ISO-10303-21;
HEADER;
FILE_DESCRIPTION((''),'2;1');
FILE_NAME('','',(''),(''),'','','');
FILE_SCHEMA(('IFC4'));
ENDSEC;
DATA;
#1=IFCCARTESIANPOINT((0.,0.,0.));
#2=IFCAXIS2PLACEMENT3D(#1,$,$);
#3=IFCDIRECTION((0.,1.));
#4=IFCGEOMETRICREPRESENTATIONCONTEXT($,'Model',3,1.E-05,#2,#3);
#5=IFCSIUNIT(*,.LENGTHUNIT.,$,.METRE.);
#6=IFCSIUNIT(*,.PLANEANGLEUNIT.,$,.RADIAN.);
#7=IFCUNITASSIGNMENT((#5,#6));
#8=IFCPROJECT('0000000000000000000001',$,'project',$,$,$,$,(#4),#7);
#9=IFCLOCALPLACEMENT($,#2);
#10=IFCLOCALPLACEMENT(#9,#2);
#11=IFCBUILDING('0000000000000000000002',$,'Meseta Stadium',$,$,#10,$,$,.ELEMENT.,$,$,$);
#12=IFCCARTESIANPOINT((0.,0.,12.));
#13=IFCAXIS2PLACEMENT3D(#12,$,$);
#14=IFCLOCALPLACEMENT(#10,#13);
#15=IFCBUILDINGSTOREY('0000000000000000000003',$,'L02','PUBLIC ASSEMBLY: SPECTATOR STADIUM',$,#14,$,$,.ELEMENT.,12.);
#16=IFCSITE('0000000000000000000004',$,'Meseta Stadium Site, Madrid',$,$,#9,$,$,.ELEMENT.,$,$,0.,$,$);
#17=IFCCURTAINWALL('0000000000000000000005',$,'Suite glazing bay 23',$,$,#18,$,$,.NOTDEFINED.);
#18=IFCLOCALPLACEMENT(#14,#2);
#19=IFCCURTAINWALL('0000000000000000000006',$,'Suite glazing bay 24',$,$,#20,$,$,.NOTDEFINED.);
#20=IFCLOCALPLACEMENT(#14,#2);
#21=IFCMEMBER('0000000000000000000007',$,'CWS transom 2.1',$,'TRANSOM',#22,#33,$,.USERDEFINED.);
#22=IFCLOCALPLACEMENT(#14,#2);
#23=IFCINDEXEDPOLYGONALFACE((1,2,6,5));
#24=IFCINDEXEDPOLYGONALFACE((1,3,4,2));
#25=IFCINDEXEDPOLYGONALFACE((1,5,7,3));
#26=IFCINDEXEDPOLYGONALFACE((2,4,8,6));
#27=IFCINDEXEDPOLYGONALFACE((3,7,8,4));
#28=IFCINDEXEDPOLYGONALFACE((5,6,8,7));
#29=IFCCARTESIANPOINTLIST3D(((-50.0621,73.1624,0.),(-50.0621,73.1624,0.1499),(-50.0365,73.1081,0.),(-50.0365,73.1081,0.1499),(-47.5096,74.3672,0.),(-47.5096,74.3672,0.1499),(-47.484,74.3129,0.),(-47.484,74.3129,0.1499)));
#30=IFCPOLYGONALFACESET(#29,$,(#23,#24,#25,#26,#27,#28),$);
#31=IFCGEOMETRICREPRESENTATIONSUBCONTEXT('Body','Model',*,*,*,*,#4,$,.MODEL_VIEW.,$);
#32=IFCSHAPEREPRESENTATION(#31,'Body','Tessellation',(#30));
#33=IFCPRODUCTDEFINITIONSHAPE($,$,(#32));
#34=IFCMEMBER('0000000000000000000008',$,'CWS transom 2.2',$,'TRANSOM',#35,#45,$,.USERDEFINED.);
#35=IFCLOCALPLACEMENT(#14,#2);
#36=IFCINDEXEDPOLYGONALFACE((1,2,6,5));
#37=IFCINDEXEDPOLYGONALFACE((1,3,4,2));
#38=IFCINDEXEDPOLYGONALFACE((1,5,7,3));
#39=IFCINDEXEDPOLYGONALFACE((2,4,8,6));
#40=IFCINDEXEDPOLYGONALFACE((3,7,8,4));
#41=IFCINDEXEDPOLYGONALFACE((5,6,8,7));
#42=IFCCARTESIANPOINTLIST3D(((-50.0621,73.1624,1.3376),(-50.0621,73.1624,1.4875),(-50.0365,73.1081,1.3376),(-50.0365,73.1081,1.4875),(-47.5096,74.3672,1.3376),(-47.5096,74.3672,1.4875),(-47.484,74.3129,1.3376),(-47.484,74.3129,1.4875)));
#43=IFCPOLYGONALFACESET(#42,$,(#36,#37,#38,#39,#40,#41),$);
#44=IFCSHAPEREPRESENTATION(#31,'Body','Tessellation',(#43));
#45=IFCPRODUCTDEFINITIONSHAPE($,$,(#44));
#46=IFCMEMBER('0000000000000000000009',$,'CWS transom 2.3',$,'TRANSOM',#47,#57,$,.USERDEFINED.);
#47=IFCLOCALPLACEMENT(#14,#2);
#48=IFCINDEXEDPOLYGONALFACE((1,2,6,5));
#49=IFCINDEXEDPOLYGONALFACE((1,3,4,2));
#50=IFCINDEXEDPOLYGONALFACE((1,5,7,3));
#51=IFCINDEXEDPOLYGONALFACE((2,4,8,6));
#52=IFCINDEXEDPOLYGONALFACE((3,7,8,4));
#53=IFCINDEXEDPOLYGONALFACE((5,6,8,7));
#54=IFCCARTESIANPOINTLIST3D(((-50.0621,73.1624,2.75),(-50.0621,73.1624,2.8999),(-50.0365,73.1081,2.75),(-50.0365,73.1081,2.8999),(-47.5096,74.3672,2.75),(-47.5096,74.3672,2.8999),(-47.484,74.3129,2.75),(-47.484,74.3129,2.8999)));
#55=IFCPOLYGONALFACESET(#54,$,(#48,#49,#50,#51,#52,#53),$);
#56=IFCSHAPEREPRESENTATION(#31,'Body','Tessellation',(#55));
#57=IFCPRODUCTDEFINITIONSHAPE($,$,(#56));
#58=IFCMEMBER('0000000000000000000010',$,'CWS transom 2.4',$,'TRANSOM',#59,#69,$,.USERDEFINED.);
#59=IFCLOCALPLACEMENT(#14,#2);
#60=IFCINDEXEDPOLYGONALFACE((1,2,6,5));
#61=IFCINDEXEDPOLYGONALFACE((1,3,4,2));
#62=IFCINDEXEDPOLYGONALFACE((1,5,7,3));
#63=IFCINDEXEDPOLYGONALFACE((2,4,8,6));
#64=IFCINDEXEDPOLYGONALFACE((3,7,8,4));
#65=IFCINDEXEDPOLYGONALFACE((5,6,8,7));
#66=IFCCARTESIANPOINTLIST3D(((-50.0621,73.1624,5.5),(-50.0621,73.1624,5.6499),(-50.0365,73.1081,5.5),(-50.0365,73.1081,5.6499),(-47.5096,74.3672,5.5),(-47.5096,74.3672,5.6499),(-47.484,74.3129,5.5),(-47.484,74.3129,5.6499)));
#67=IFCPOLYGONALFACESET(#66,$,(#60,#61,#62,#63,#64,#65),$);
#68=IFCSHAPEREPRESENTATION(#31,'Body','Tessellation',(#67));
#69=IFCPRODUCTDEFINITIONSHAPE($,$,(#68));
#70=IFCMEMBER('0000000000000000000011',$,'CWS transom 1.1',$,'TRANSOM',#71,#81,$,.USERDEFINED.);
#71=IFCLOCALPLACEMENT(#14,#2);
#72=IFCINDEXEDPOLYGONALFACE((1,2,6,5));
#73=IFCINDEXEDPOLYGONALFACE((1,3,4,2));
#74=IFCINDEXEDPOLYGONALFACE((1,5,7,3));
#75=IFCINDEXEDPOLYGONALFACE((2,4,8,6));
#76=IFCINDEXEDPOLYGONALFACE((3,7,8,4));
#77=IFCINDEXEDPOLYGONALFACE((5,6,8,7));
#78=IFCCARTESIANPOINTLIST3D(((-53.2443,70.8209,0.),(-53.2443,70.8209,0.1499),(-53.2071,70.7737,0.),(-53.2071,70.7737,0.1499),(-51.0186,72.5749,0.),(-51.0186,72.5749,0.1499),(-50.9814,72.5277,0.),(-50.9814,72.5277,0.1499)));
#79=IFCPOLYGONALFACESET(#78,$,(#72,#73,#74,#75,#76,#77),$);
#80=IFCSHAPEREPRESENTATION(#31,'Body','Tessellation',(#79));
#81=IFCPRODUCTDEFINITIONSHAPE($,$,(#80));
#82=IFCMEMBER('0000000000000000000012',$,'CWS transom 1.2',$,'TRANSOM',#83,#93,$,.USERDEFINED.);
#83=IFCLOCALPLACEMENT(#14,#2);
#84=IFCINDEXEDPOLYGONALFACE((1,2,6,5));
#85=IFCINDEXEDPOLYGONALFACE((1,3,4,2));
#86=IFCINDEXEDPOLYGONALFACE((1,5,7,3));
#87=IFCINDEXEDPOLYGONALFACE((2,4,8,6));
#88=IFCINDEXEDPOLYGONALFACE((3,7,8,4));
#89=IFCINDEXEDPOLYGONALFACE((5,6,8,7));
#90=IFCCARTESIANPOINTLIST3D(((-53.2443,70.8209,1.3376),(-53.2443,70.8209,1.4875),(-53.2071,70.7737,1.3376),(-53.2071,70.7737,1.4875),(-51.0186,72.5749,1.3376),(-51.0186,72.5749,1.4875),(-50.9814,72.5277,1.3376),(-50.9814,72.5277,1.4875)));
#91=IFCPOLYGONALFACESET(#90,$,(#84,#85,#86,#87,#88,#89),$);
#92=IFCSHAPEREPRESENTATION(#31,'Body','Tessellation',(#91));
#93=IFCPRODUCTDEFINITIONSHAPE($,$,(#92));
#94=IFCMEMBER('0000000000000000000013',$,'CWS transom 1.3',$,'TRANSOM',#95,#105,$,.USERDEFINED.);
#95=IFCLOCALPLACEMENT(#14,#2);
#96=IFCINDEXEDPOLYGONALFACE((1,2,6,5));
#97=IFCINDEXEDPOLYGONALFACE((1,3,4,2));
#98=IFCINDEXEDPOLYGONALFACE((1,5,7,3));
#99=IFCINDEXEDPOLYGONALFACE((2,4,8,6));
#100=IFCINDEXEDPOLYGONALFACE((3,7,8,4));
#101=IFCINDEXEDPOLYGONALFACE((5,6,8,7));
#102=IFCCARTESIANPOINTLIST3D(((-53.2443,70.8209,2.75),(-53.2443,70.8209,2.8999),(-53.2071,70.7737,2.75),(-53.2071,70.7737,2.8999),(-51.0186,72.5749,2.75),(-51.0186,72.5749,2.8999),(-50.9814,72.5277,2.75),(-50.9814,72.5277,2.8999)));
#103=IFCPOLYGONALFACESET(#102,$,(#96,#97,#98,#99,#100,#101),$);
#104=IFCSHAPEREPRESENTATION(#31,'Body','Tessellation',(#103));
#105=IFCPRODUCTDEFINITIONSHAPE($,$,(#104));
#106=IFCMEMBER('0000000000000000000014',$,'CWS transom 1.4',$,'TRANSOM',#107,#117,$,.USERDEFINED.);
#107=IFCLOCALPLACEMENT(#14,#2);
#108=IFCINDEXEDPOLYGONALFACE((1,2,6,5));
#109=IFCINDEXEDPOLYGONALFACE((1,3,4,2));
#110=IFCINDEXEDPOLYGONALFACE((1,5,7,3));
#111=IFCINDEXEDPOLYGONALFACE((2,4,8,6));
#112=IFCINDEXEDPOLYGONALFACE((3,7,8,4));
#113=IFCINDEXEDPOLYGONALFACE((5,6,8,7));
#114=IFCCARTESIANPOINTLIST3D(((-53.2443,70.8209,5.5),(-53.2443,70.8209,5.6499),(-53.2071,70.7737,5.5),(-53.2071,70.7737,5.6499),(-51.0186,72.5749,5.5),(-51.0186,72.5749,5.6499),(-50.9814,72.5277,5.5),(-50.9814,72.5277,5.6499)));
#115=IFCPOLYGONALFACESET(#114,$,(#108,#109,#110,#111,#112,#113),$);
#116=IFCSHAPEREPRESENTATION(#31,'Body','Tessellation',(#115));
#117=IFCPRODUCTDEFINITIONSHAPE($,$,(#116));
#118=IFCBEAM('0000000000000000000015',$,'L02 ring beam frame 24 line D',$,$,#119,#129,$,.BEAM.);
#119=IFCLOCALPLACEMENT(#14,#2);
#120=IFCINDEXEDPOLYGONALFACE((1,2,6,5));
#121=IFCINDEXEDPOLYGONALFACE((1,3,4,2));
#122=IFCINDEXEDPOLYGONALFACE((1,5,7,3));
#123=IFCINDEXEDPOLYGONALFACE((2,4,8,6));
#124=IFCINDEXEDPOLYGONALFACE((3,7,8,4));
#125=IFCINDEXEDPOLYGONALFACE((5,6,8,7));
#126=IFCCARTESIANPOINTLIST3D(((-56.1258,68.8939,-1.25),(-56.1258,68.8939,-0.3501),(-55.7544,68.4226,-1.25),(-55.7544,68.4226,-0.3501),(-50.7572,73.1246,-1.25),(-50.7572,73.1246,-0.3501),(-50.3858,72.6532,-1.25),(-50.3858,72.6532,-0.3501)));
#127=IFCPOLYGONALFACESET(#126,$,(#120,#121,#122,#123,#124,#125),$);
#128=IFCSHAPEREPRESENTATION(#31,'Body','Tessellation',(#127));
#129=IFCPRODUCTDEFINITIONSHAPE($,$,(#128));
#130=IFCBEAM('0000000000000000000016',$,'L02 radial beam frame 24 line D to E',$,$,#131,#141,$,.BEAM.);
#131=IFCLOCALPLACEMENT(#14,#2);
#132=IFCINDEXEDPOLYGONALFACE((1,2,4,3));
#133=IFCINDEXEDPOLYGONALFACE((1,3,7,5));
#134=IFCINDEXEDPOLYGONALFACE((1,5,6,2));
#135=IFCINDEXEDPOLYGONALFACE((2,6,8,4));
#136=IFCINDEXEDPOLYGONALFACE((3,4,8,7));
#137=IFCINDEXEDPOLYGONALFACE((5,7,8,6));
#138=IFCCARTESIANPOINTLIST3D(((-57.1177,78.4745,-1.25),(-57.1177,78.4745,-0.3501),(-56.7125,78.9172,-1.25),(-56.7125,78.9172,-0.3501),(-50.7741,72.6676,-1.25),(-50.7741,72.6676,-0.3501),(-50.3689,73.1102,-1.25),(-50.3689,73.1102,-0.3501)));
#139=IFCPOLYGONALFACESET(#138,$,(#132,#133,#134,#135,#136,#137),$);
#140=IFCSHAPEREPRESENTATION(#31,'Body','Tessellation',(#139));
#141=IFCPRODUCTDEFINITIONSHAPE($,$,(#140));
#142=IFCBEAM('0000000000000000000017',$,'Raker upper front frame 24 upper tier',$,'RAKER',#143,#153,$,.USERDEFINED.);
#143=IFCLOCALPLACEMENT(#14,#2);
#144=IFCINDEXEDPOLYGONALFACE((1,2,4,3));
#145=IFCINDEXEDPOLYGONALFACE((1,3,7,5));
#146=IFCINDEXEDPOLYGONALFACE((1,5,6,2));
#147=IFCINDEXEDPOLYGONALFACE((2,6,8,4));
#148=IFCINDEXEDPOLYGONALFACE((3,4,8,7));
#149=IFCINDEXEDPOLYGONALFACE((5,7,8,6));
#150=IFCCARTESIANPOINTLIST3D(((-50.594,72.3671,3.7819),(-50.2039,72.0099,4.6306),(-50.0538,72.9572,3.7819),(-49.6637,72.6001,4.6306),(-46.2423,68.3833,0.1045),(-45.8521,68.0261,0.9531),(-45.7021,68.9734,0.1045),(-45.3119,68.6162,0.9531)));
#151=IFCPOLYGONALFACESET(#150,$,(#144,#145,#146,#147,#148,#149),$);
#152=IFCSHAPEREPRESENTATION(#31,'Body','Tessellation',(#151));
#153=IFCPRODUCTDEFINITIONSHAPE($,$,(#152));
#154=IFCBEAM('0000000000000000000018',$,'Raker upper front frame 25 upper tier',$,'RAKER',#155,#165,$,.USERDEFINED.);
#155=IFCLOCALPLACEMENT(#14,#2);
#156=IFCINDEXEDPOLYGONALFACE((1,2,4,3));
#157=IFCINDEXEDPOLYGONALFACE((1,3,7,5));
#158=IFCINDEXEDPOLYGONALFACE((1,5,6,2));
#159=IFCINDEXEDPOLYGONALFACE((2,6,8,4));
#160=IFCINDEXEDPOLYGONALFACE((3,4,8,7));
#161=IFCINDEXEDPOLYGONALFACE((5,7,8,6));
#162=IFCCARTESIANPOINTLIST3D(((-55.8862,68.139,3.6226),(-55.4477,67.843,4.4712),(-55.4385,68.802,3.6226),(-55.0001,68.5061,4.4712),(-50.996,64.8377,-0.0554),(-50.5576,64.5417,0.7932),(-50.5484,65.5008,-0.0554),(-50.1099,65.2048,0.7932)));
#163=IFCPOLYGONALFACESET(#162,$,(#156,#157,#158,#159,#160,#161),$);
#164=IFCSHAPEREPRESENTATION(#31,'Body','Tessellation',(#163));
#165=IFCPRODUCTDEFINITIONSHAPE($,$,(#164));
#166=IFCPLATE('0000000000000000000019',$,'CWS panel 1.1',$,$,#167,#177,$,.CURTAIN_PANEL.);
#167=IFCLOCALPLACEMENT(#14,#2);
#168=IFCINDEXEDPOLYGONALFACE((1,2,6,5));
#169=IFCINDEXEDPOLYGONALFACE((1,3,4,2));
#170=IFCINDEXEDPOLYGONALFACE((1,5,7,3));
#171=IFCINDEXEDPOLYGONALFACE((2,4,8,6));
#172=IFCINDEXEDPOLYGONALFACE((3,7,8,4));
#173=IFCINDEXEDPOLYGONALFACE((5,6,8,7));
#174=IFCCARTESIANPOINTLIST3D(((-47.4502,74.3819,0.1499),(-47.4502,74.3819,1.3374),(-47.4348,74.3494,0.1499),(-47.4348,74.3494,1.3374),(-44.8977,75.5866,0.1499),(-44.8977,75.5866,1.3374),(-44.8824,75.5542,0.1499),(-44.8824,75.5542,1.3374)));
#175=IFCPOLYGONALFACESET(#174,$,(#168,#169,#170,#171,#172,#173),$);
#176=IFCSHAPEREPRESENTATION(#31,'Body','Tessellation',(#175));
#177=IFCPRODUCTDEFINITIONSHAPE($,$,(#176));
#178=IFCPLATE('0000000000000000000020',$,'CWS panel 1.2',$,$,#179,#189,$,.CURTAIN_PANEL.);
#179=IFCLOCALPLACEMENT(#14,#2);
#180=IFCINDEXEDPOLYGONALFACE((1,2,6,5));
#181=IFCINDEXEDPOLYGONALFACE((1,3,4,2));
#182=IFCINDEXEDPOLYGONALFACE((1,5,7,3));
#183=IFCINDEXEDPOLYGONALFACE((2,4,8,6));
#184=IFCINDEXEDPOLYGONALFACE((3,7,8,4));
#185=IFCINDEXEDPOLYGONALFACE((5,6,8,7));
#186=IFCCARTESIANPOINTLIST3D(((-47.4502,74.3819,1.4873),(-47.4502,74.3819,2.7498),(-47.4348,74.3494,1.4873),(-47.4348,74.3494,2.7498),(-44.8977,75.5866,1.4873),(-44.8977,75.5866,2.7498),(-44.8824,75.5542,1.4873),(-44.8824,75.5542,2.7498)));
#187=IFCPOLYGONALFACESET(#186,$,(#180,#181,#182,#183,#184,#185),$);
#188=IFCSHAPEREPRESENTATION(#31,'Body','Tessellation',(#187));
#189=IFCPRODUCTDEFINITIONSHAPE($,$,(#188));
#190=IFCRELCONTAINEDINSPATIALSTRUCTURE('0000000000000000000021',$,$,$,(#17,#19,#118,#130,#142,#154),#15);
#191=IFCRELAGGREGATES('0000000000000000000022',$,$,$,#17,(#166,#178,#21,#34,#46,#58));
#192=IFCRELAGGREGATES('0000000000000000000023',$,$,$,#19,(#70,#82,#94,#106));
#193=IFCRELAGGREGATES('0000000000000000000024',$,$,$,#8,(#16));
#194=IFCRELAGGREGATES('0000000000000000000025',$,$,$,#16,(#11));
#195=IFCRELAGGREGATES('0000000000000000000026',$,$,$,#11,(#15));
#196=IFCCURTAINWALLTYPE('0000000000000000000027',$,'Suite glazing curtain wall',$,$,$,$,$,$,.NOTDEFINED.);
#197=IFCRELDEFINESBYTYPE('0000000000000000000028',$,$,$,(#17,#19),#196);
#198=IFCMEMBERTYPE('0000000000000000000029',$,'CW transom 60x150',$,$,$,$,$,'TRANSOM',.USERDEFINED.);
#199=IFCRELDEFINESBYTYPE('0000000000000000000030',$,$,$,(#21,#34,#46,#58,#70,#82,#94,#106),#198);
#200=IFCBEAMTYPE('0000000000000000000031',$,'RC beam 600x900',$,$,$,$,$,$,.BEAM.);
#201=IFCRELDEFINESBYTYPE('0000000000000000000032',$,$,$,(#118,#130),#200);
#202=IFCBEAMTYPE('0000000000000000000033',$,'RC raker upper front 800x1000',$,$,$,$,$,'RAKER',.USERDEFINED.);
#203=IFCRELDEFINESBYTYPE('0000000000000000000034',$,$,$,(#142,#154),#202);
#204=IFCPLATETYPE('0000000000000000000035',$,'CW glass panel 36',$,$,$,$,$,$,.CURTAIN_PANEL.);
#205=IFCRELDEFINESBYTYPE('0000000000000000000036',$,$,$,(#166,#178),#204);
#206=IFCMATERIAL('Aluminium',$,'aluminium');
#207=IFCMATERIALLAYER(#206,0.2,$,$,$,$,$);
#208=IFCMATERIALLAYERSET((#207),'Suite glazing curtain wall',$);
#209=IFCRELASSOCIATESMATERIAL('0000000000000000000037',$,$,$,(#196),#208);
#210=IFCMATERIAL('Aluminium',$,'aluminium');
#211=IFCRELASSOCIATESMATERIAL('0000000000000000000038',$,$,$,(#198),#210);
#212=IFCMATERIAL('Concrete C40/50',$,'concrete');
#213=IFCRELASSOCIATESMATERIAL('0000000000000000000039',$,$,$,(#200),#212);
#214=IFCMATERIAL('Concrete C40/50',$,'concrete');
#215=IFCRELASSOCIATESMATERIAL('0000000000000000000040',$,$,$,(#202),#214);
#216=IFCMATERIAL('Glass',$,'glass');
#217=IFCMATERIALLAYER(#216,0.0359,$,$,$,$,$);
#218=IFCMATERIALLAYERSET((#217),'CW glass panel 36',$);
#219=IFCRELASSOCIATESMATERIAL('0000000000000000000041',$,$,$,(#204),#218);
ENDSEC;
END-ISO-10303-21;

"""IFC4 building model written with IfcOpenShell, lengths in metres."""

from ifc_helpers import new_model, si_unit, direction, frame, origin, origin_2d, place, context, subcontext, project, spatial, rectangle, extrude, material, layer, layer_set, material_profile, profile_set, type_object, element, aggregate, save


model = new_model("IFC4")

# Units and contexts
model_context = context("Model", 3, precision=1e-05, world=origin(), true_north=direction((0.0, 1.0)))
body_context = subcontext(model_context, "Body", "Model", "MODEL_VIEW")
ifc_project = project(units=[si_unit("LENGTHUNIT", "METRE"), si_unit("PLANEANGLEUNIT", "RADIAN")], contexts=[model_context])

# Site, building, storey
site_placement = place(None, origin())
site = spatial("IfcSite", under=ifc_project, at=site_placement, Name="Meseta Stadium Site, Madrid", CompositionType="ELEMENT", RefElevation=0.0)
building_placement = place(site_placement, origin())
building = spatial("IfcBuilding", under=site, at=building_placement, Name="Meseta Stadium", CompositionType="ELEMENT")
storey_placement = place(building_placement, frame((0.0, 0.0, 12.0)))
storey = spatial("IfcBuildingStorey", under=building, at=storey_placement, Name="L02", Description="PUBLIC ASSEMBLY: SPECTATOR STADIUM", CompositionType="ELEMENT", Elevation=12.0)

# Curtain wall
ifc_material_1 = material(Name="Aluminium", Category="aluminium")
ifc_layer_1 = layer(ifc_material_1, 0.2)
ifc_layer_set_1 = layer_set([ifc_layer_1], Name="Suite glazing curtain wall")
curtain_wall_type = type_object("IfcCurtainWallType", Name="Suite glazing curtain wall", PredefinedType="NOTDEFINED", material=ifc_layer_set_1)
curtain_wall_1_placement = place(storey_placement, origin())
curtain_wall_1 = element("IfcCurtainWall", 1, at=curtain_wall_1_placement, inside=storey, type_object=curtain_wall_type, Name="Suite glazing bay 23", PredefinedType="NOTDEFINED")

# Curtain wall
curtain_wall_2_placement = place(storey_placement, origin())
curtain_wall_2 = element("IfcCurtainWall", 2, at=curtain_wall_2_placement, inside=storey, type_object=curtain_wall_type, Name="Suite glazing bay 24", PredefinedType="NOTDEFINED")

# Members
ifc_material_2 = material(Name="Aluminium", Category="aluminium")
ifc_material_profile_1 = material_profile(ifc_material_2, rectangle(XDim=0.0601, YDim=0.1499, at=origin_2d()), Name="CW 60x150")
ifc_profile_set_1 = profile_set([ifc_material_profile_1], Name="Aluminium")
member_type_1 = type_object("IfcMemberType", Name="CW transom 60x150", ElementType="TRANSOM", PredefinedType="USERDEFINED", material=ifc_profile_set_1)
member_1_placement = place(storey_placement, frame((-47.4968, 74.3401, 0.075), z_axis=(-0.904318, -0.426859, 0.0), x_axis=(0.426859, -0.904318, 0.0)))
member_1 = element("IfcMember", 3, at=member_1_placement, type_object=member_type_1, Name="CWS transom 2.1", ObjectType="TRANSOM", PredefinedType="USERDEFINED", context=body_context, shape_type="SweptSolid", body=[
    extrude(rectangle(XDim=0.0601, YDim=0.1499, at=origin_2d()), origin(), (0.0, 0.0, 1.0), 2.8225),
])
member_2_placement = place(storey_placement, frame((-47.4968, 74.3401, 1.4126), z_axis=(-0.904318, -0.426859, 0.0), x_axis=(0.426859, -0.904318, 0.0)))
member_2 = element("IfcMember", 4, at=member_2_placement, type_object=member_type_1, Name="CWS transom 2.2", ObjectType="TRANSOM", PredefinedType="USERDEFINED", context=body_context, shape_type="SweptSolid", body=[
    extrude(rectangle(XDim=0.0601, YDim=0.1499, at=origin_2d()), origin(), (0.0, 0.0, 1.0), 2.8225),
])
member_3_placement = place(storey_placement, frame((-47.4968, 74.3401, 2.825), z_axis=(-0.904318, -0.426859, 0.0), x_axis=(0.426859, -0.904318, 0.0)))
member_3 = element("IfcMember", 5, at=member_3_placement, type_object=member_type_1, Name="CWS transom 2.3", ObjectType="TRANSOM", PredefinedType="USERDEFINED", context=body_context, shape_type="SweptSolid", body=[
    extrude(rectangle(XDim=0.0601, YDim=0.1499, at=origin_2d()), origin(), (0.0, 0.0, 1.0), 2.8225),
])
member_4_placement = place(storey_placement, frame((-47.4968, 74.3401, 5.575), z_axis=(-0.904318, -0.426859, 0.0), x_axis=(0.426859, -0.904318, 0.0)))
member_4 = element("IfcMember", 6, at=member_4_placement, type_object=member_type_1, Name="CWS transom 2.4", ObjectType="TRANSOM", PredefinedType="USERDEFINED", context=body_context, shape_type="SweptSolid", body=[
    extrude(rectangle(XDim=0.0601, YDim=0.1499, at=origin_2d()), origin(), (0.0, 0.0, 1.0), 2.8225),
])
member_5_placement = place(storey_placement, frame((-51.0, 72.5513, 0.075), z_axis=(-0.785421, -0.618962, 0.0), x_axis=(0.618962, -0.785421, 0.0)))
member_5 = element("IfcMember", 7, at=member_5_placement, type_object=member_type_1, Name="CWS transom 1.1", ObjectType="TRANSOM", PredefinedType="USERDEFINED", context=body_context, shape_type="SweptSolid", body=[
    extrude(rectangle(XDim=0.0601, YDim=0.1499, at=origin_2d()), origin(), (0.0, 0.0, 1.0), 2.8337),
])
member_6_placement = place(storey_placement, frame((-51.0, 72.5513, 1.4126), z_axis=(-0.785421, -0.618962, 0.0), x_axis=(0.618962, -0.785421, 0.0)))
member_6 = element("IfcMember", 8, at=member_6_placement, type_object=member_type_1, Name="CWS transom 1.2", ObjectType="TRANSOM", PredefinedType="USERDEFINED", context=body_context, shape_type="SweptSolid", body=[
    extrude(rectangle(XDim=0.0601, YDim=0.1499, at=origin_2d()), origin(), (0.0, 0.0, 1.0), 2.8337),
])
member_7_placement = place(storey_placement, frame((-51.0, 72.5513, 2.825), z_axis=(-0.785421, -0.618962, 0.0), x_axis=(0.618962, -0.785421, 0.0)))
member_7 = element("IfcMember", 9, at=member_7_placement, type_object=member_type_1, Name="CWS transom 1.3", ObjectType="TRANSOM", PredefinedType="USERDEFINED", context=body_context, shape_type="SweptSolid", body=[
    extrude(rectangle(XDim=0.0601, YDim=0.1499, at=origin_2d()), origin(), (0.0, 0.0, 1.0), 2.8337),
])
member_8_placement = place(storey_placement, frame((-51.0, 72.5513, 5.575), z_axis=(-0.785421, -0.618962, 0.0), x_axis=(0.618962, -0.785421, 0.0)))
member_8 = element("IfcMember", 10, at=member_8_placement, type_object=member_type_1, Name="CWS transom 1.4", ObjectType="TRANSOM", PredefinedType="USERDEFINED", context=body_context, shape_type="SweptSolid", body=[
    extrude(rectangle(XDim=0.0601, YDim=0.1499, at=origin_2d()), origin(), (0.0, 0.0, 1.0), 2.8337),
])

# Beams
ifc_material_3 = material(Name="Concrete C40/50", Category="concrete")
ifc_material_profile_2 = material_profile(ifc_material_3, rectangle(XDim=0.6001, YDim=0.8999, at=origin_2d()), Name="RC 600x900")
ifc_profile_set_2 = profile_set([ifc_material_profile_2], Name="Concrete C40/50")
beam_type_1 = type_object("IfcBeamType", Name="RC beam 600x900", PredefinedType="BEAM", material=ifc_profile_set_2)
beam_1_placement = place(storey_placement, frame((-50.5715, 72.8889, -0.8), z_axis=(-0.78543, -0.61895, 0.0), x_axis=(0.61895, -0.78543, 0.0)))
element("IfcBeam", 11, at=beam_1_placement, inside=storey, type_object=beam_type_1, Name="L02 ring beam frame 24 line D", PredefinedType="BEAM", context=body_context, shape_type="SweptSolid", body=[
    extrude(rectangle(XDim=0.6001, YDim=0.8999, at=origin_2d()), origin(), (0.0, 0.0, 1.0), 6.8352),
])
beam_2_placement = place(storey_placement, frame((-50.5715, 72.8889, -0.8), z_axis=(-0.737617, 0.675219, 0.0), x_axis=(-0.675219, -0.737617, 0.0)))
element("IfcBeam", 12, at=beam_2_placement, inside=storey, type_object=beam_type_1, Name="L02 radial beam frame 24 line D to E", PredefinedType="BEAM", context=body_context, shape_type="SweptSolid", body=[
    extrude(rectangle(XDim=0.6001, YDim=0.8999, at=origin_2d()), origin(), (0.0, 0.0, 1.0), 8.6001),
])
ifc_material_4 = material(Name="Concrete C40/50", Category="concrete")
ifc_material_profile_3 = material_profile(ifc_material_4, rectangle(XDim=0.8, YDim=1.0, at=origin_2d()), Name="RC 800x1000")
ifc_profile_set_3 = profile_set([ifc_material_profile_3], Name="Concrete C40/50")
beam_type_2 = type_object("IfcBeamType", Name="RC raker upper front 800x1000", ElementType="RAKER", PredefinedType="USERDEFINED", material=ifc_profile_set_3)
beam_3_placement = place(storey_placement, frame((-45.7771, 68.4998, 0.5288), z_axis=(-0.625958, 0.573037, 0.528966), x_axis=(-0.675239, -0.737599, 0.0)))
element("IfcBeam", 13, at=beam_3_placement, inside=storey, type_object=beam_type_2, Name="Raker upper front frame 24 upper tier", ObjectType="RAKER", PredefinedType="USERDEFINED", context=body_context, shape_type="SweptSolid", body=[
    extrude(rectangle(XDim=0.8, YDim=1.0, at=origin_2d()), origin(), (0.0, 0.0, 1.0), 6.9521),
])
beam_4_placement = place(storey_placement, frame((-50.553, 65.0212, 0.3689), z_axis=(-0.703349, 0.474822, 0.529004), x_axis=(-0.559523, -0.828815, 0.0)))
element("IfcBeam", 14, at=beam_4_placement, inside=storey, type_object=beam_type_2, Name="Raker upper front frame 25 upper tier", ObjectType="RAKER", PredefinedType="USERDEFINED", context=body_context, shape_type="SweptSolid", body=[
    extrude(rectangle(XDim=0.8, YDim=1.0, at=origin_2d()), origin(), (0.0, 0.0, 1.0), 6.9526),
])

# Plates
ifc_material_5 = material(Name="Glass", Category="glass")
ifc_layer_2 = layer(ifc_material_5, 0.0359)
ifc_layer_set_2 = layer_set([ifc_layer_2], Name="CW glass panel 36")
plate_type = type_object("IfcPlateType", Name="CW glass panel 36", PredefinedType="CURTAIN_PANEL", material=ifc_layer_set_2)
plate_1_placement = place(storey_placement, frame((-46.1663, 74.968, 0.1499), z_axis=(0.0, 0.0, 1.0), x_axis=(-0.904328, -0.426837, 0.0)))
plate_1 = element("IfcPlate", 15, at=plate_1_placement, type_object=plate_type, Name="CWS panel 1.1", PredefinedType="CURTAIN_PANEL", context=body_context, shape_type="SweptSolid", body=[
    extrude(rectangle(XDim=2.8225, YDim=0.0359, at=origin_2d()), origin(), (0.0, 0.0, 1.0), 1.1875),
])
plate_2_placement = place(storey_placement, frame((-46.1663, 74.968, 1.4873), z_axis=(0.0, 0.0, 1.0), x_axis=(-0.904328, -0.426837, 0.0)))
plate_2 = element("IfcPlate", 16, at=plate_2_placement, type_object=plate_type, Name="CWS panel 1.2", PredefinedType="CURTAIN_PANEL", context=body_context, shape_type="SweptSolid", body=[
    extrude(rectangle(XDim=2.8225, YDim=0.0359, at=origin_2d()), origin(), (0.0, 0.0, 1.0), 1.2625),
])
aggregate(curtain_wall_1, [plate_1, plate_2, member_1, member_2, member_3, member_4])
aggregate(curtain_wall_2, [member_5, member_6, member_7, member_8])

save(model, "model.ifc")
